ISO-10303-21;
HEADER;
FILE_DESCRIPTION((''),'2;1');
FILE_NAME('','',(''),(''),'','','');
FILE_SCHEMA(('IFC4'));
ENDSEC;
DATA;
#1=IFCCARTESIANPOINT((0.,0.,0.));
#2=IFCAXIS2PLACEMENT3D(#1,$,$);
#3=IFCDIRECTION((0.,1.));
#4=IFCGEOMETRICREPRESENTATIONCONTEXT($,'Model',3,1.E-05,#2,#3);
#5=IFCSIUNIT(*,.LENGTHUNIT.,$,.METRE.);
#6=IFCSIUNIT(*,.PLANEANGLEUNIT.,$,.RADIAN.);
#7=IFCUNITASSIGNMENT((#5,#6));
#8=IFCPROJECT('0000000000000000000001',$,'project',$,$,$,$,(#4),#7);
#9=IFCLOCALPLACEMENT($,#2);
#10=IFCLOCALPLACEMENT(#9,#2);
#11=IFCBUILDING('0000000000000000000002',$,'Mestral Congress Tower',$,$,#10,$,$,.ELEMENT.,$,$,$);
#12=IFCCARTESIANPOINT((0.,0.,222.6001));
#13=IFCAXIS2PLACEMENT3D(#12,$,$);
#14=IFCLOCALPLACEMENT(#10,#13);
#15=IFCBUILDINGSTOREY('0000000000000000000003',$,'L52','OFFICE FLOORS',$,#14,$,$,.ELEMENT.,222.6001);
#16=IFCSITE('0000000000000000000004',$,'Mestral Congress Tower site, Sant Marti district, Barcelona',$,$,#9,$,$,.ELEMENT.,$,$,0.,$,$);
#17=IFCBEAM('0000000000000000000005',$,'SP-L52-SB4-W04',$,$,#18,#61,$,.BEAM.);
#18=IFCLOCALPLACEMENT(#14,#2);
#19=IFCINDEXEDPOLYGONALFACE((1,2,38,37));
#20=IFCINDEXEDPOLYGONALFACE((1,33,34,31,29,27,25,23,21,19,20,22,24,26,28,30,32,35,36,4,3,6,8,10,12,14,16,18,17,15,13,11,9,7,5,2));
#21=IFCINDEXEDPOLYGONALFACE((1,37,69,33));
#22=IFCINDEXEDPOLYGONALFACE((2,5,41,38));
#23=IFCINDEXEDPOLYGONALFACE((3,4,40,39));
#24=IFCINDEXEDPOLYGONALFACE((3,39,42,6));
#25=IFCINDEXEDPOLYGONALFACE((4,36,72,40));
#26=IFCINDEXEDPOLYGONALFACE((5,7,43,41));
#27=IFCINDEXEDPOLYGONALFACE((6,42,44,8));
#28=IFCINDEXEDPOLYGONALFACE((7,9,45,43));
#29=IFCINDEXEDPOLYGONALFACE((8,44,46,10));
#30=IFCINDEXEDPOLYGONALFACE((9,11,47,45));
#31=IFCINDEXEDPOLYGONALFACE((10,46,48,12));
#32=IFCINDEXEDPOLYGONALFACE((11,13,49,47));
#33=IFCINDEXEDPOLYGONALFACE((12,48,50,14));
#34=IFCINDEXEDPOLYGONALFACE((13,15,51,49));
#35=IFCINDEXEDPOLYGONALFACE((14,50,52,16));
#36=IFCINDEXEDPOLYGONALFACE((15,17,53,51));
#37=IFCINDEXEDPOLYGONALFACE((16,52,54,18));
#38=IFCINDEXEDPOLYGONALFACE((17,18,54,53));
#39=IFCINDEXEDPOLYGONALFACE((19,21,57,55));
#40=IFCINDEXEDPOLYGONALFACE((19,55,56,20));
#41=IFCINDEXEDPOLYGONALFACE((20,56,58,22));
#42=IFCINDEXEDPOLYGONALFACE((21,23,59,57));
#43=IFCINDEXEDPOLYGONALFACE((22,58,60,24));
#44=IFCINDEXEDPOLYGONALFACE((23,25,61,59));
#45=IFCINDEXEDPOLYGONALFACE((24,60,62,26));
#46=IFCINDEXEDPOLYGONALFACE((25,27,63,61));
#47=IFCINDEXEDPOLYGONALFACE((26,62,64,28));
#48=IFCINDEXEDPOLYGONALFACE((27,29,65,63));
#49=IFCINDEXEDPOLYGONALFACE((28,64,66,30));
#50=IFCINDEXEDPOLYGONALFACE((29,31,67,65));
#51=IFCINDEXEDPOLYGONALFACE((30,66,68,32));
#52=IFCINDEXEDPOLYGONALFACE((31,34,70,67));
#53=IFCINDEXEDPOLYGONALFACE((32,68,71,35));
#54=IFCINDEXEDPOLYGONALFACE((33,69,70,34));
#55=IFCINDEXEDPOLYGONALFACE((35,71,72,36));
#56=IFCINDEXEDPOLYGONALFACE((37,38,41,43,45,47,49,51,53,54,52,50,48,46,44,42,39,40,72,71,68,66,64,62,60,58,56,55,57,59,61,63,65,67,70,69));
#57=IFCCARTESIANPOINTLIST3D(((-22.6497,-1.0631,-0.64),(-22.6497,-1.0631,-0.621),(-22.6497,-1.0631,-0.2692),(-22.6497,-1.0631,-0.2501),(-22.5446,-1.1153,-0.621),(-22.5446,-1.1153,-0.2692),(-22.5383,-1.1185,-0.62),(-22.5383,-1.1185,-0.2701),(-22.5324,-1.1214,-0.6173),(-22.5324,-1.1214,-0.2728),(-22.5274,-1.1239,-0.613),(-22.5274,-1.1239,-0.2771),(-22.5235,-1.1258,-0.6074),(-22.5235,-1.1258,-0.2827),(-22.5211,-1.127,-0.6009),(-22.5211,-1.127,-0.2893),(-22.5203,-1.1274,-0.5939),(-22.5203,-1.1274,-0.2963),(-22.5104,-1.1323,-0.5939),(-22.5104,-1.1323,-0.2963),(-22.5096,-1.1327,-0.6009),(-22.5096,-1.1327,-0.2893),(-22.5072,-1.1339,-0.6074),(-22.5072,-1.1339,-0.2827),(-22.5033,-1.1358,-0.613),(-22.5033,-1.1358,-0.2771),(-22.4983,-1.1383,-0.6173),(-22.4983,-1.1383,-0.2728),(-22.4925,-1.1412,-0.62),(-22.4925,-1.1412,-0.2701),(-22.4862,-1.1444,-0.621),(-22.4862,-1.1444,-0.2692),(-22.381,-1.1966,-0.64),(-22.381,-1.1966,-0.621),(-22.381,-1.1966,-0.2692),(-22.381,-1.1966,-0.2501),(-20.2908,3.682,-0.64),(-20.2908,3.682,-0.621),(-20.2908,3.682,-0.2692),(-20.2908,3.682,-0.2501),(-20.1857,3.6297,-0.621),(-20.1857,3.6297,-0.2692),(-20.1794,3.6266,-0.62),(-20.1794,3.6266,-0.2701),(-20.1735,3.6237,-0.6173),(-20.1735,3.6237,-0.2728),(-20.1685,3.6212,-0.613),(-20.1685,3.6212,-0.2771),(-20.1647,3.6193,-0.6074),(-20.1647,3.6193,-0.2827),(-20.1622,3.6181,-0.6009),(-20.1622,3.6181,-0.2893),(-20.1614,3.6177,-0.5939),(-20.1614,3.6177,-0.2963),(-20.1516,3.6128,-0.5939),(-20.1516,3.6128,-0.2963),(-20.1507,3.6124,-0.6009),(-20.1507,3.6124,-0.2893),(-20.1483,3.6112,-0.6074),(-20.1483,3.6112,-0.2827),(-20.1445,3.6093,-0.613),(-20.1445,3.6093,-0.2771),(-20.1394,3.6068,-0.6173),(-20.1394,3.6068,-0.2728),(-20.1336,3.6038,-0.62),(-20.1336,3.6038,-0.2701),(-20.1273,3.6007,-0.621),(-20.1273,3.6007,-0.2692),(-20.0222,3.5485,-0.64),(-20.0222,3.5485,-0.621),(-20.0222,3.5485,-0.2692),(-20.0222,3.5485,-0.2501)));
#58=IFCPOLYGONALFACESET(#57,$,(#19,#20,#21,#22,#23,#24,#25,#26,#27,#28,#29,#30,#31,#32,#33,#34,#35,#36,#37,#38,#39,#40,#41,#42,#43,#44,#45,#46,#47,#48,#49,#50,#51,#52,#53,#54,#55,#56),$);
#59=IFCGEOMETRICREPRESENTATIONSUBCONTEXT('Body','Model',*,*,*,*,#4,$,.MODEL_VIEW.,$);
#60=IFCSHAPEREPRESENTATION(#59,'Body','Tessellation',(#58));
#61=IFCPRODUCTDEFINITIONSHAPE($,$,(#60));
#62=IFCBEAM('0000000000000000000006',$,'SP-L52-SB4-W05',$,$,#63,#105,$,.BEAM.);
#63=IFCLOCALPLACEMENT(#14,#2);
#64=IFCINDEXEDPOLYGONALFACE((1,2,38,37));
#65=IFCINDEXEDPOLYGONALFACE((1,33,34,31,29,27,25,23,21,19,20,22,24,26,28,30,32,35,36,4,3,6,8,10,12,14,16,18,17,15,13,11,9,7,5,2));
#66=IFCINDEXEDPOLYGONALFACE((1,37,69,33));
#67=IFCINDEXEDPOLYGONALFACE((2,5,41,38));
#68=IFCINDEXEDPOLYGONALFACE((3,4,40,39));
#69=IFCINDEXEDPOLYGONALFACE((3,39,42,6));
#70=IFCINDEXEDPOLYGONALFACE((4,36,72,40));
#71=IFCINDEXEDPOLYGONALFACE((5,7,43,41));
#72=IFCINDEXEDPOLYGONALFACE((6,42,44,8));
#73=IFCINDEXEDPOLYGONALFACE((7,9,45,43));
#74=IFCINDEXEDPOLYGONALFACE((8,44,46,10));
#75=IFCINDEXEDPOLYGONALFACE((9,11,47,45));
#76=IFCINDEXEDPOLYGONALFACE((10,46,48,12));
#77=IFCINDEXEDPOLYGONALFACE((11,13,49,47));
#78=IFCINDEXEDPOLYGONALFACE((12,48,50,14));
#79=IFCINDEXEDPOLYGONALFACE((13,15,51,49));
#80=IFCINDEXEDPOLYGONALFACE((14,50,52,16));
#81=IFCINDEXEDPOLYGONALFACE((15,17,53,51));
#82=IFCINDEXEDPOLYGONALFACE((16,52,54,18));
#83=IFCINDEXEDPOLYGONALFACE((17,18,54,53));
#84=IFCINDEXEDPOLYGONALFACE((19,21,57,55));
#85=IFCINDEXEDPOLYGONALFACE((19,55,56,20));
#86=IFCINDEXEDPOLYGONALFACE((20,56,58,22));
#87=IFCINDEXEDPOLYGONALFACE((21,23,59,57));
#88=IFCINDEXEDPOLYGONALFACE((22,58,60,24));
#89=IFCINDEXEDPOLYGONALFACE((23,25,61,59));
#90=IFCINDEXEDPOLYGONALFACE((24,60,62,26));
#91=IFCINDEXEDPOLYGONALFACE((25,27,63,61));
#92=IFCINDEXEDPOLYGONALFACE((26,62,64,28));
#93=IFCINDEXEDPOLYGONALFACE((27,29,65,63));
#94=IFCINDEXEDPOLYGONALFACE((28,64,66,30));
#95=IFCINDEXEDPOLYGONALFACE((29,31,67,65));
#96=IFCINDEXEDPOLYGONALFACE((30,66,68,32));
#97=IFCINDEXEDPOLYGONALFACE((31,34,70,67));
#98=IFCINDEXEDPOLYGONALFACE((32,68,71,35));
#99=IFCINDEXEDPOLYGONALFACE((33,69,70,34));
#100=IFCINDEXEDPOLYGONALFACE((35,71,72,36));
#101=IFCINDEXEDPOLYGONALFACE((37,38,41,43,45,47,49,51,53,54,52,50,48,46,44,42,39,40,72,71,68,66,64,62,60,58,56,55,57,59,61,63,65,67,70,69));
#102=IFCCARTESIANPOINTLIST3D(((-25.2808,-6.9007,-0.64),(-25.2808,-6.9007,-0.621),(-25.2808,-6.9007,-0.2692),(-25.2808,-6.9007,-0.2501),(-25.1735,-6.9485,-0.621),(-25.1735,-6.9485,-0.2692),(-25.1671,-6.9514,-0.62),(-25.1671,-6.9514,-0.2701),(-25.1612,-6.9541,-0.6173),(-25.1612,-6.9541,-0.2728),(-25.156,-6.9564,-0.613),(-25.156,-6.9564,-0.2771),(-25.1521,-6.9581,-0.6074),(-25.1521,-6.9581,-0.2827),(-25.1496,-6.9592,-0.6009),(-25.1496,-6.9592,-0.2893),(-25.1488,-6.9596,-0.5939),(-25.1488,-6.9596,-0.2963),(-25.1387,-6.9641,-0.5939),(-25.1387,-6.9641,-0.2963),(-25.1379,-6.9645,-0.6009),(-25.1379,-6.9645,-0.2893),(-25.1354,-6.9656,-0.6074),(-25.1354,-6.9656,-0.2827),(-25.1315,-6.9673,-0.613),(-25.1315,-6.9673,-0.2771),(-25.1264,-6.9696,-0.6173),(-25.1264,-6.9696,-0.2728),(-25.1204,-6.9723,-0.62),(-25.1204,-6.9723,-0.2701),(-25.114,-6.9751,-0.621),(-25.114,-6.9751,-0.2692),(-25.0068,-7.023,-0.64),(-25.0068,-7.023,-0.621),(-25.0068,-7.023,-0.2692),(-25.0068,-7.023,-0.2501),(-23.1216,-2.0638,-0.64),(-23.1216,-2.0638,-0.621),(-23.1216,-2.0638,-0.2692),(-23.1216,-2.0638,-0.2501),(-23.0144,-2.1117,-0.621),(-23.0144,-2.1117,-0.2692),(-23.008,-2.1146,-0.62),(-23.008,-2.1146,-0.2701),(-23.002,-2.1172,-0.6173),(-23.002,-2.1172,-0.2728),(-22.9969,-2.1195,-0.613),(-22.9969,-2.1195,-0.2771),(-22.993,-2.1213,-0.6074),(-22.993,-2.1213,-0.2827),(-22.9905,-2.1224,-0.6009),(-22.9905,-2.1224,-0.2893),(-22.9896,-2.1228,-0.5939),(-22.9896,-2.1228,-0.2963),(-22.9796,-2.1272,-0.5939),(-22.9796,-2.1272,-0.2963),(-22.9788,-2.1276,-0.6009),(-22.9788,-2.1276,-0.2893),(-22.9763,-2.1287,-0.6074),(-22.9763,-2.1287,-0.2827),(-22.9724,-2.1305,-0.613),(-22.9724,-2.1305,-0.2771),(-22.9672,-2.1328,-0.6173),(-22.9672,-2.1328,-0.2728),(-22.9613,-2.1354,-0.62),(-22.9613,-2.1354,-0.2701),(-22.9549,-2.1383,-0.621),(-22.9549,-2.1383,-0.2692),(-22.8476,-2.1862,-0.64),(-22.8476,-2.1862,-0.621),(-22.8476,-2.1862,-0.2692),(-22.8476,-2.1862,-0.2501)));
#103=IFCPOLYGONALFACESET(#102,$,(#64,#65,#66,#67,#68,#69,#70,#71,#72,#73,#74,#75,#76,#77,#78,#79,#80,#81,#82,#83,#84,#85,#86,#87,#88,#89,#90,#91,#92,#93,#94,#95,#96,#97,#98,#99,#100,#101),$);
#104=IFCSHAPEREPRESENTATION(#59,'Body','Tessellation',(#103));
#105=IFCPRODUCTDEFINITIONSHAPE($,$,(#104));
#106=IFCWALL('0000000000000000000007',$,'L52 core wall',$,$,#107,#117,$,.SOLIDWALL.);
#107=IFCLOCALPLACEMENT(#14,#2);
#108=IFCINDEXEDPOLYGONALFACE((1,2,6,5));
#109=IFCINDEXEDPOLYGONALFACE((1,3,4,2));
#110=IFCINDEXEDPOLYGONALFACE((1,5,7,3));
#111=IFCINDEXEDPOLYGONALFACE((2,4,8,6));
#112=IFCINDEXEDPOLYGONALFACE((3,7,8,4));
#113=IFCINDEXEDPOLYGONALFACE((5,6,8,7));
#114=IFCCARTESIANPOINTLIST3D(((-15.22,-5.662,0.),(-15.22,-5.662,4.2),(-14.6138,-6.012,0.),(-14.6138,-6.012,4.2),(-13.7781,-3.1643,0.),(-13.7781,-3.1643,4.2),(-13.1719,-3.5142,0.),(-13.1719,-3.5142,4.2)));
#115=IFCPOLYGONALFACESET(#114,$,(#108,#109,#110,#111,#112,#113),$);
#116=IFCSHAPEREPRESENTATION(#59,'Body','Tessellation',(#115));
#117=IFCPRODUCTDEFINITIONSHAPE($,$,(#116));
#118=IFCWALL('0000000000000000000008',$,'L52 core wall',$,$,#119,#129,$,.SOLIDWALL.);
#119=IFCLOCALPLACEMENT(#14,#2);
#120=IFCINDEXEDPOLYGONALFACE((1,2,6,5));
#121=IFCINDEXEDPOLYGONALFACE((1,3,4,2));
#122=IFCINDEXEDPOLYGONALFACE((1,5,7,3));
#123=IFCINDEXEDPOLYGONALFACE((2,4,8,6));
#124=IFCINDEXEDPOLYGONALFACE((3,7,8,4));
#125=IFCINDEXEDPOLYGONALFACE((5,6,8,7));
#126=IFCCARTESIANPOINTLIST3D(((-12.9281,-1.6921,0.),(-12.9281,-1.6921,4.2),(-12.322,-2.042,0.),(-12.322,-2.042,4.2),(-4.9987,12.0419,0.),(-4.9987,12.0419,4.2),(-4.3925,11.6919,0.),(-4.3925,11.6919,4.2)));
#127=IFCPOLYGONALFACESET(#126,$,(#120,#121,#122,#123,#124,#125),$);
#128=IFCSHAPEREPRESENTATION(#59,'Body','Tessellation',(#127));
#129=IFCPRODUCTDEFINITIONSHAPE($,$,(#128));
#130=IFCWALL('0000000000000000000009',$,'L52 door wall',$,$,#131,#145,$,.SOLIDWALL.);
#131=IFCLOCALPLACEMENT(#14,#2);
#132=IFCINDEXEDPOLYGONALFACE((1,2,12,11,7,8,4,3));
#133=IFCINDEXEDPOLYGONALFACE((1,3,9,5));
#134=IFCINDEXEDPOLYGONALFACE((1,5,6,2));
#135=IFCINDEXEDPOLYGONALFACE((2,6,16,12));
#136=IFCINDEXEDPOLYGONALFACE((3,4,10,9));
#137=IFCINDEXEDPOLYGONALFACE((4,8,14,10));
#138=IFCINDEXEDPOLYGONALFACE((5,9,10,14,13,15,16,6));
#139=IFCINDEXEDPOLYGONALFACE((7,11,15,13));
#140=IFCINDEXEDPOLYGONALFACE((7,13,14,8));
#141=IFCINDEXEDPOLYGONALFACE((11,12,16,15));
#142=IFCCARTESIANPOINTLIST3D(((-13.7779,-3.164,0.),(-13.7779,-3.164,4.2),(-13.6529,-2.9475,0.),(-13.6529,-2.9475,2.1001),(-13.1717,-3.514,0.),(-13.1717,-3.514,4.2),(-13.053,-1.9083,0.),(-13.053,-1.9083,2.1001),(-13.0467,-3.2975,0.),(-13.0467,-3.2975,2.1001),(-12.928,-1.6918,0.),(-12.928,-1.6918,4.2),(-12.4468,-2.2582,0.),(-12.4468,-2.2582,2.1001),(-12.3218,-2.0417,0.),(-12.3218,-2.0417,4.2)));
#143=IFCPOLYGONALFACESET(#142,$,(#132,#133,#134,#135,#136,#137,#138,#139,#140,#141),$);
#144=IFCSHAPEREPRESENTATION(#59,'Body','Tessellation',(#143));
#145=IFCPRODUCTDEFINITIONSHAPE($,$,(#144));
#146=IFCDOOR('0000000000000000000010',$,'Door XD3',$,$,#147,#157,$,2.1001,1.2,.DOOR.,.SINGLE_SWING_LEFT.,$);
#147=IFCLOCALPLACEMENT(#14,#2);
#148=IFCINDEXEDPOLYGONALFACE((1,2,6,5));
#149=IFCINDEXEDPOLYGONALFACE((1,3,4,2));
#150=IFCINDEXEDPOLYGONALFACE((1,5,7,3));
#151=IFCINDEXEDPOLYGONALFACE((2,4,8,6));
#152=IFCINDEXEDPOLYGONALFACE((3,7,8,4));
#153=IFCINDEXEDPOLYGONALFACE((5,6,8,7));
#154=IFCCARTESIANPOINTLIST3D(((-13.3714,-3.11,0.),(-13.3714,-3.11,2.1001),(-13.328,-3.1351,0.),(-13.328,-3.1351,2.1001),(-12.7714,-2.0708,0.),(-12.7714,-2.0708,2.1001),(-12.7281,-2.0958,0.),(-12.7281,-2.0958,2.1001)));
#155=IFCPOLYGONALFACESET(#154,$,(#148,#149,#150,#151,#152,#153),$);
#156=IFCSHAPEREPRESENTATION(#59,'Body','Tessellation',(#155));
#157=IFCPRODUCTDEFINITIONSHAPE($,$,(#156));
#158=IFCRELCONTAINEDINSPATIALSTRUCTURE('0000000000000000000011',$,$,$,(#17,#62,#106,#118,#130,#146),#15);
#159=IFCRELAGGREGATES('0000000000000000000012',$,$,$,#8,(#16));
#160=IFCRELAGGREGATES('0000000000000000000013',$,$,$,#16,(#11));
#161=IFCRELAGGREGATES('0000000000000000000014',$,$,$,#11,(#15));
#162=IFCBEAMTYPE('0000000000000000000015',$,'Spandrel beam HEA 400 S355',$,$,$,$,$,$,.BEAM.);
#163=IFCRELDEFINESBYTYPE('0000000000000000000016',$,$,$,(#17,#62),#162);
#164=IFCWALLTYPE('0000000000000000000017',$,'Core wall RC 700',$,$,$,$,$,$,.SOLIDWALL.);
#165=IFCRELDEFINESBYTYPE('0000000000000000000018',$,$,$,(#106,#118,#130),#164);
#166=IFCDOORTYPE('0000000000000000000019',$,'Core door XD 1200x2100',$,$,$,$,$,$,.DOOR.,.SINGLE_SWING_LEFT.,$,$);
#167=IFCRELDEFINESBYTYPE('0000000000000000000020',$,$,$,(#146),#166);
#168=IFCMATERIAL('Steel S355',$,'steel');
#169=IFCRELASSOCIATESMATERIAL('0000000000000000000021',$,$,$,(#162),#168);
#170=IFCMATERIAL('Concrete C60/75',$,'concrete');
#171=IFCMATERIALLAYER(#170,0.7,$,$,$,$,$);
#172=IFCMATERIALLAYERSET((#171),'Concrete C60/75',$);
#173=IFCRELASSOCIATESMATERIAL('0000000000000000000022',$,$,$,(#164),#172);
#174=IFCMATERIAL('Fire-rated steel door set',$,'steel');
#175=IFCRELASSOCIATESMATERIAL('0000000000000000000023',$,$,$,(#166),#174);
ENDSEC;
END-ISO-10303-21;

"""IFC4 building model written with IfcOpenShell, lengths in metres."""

from ifc_helpers import new_model, si_unit, direction, frame, frame_2d, origin, origin_2d, place, context, subcontext, project, spatial, rectangle, i_section, extrude, material, layer, layer_set, material_profile, profile_set, type_object, element, fill, save


model = new_model("IFC4")

# Units and contexts
model_context = context("Model", 3, precision=1e-05, world=origin(), true_north=direction((0.0, 1.0)))
body_context = subcontext(model_context, "Body", "Model", "MODEL_VIEW")
ifc_project = project(units=[si_unit("LENGTHUNIT", "METRE"), si_unit("PLANEANGLEUNIT", "RADIAN")], contexts=[model_context])

# Site, building, storey
site_placement = place(None, origin())
site = spatial("IfcSite", under=ifc_project, at=site_placement, Name="Mestral Congress Tower site, Sant Marti district, Barcelona", CompositionType="ELEMENT", RefElevation=0.0)
building_placement = place(site_placement, origin())
building = spatial("IfcBuilding", under=site, at=building_placement, Name="Mestral Congress Tower", CompositionType="ELEMENT")
storey_placement = place(building_placement, frame((0.0, 0.0, 222.6001)))
storey = spatial("IfcBuildingStorey", under=building, at=storey_placement, Name="L52", Description="OFFICE FLOORS", CompositionType="ELEMENT", Elevation=222.6001)

# Shared definitions
ifc_material_1 = material(Name="Concrete C60/75", Category="concrete")

# Beams
ifc_material_2 = material(Name="Steel S355", Category="steel")
ifc_material_profile_1 = material_profile(ifc_material_2, i_section(OverallWidth=0.3, OverallDepth=0.3899, WebThickness=0.011, FlangeThickness=0.019, FilletRadius=0.0271, at=origin_2d()), Name="HEA 400")
ifc_profile_set_1 = profile_set([ifc_material_profile_1], Name="Steel S355")
beam_type_1 = type_object("IfcBeamType", Name="Spandrel beam HEA 400 S355", PredefinedType="BEAM", material=ifc_profile_set_1)
beam_1_placement = place(storey_placement, frame((-20.1565, 3.6152, -0.4451), z_axis=(-0.445148, -0.895457, 0.0), x_axis=(0.895457, -0.445148, 0.0)))
element("IfcBeam", 1, at=beam_1_placement, inside=storey, type_object=beam_type_1, Name="SP-L52-SB4-W04", PredefinedType="BEAM", context=body_context, shape_type="SweptSolid", body=[
    extrude(i_section(OverallWidth=0.3, OverallDepth=0.3899, WebThickness=0.011, FlangeThickness=0.019, FilletRadius=0.0271, at=origin_2d()), origin(), (0.0, 0.0, 1.0), 5.2991),
])
beam_2_placement = place(storey_placement, frame((-22.9846, -2.125, -0.4451), z_axis=(-0.407626, -0.913149, 0.0), x_axis=(0.913149, -0.407626, 0.0)))
element("IfcBeam", 2, at=beam_2_placement, inside=storey, type_object=beam_type_1, Name="SP-L52-SB4-W05", PredefinedType="BEAM", context=body_context, shape_type="SweptSolid", body=[
    extrude(i_section(OverallWidth=0.3, OverallDepth=0.3899, WebThickness=0.011, FlangeThickness=0.019, FilletRadius=0.0271, at=origin_2d()), origin(), (0.0, 0.0, 1.0), 5.2969),
])

# Walls
ifc_layer_1 = layer(ifc_material_1, 0.7)
ifc_layer_set_1 = layer_set([ifc_layer_1], Name="Concrete C60/75")
wall_type_1 = type_object("IfcWallType", Name="Core wall RC 700", PredefinedType="SOLIDWALL", material=ifc_layer_set_1)
wall_1_placement = place(storey_placement, frame((-13.4751, -3.3394, 0.0), z_axis=(0.0, 0.0, 1.0), x_axis=(-0.499945, -0.866057, 0.0)))
element("IfcWall", 3, at=wall_1_placement, inside=storey, type_object=wall_type_1, Name="L52 core wall", PredefinedType="SOLIDWALL", context=body_context, shape_type="SweptSolid", body=[
    extrude(rectangle(XDim=2.884, YDim=0.7, at=frame_2d((1.4419, 0.0))), origin(), (0.0, 0.0, 1.0), 4.2),
])
wall_2_placement = place(storey_placement, frame((-12.625, -1.8669, 0.0), z_axis=(0.0, 0.0, 1.0), x_axis=(0.500009, 0.86602, 0.0)))
element("IfcWall", 4, at=wall_2_placement, inside=storey, type_object=wall_type_1, Name="L52 core wall", PredefinedType="SOLIDWALL", context=body_context, shape_type="SweptSolid", body=[
    extrude(rectangle(XDim=15.8586, YDim=0.7, at=frame_2d((7.9292, 0.0))), origin(), (0.0, 0.0, 1.0), 4.2),
])

# Wall, opening, door
wall_3_placement = place(storey_placement, frame((-13.4749, -3.3391, 0.0), z_axis=(0.0, 0.0, 1.0), x_axis=(0.499955, 0.866052, 0.0)))
wall_3 = element("IfcWall", 5, at=wall_3_placement, inside=storey, type_object=wall_type_1, Name="L52 door wall", PredefinedType="SOLIDWALL", context=body_context, shape_type="SweptSolid", body=[
    extrude(rectangle(XDim=1.7, YDim=0.7, at=frame_2d((0.8501, 0.0))), origin(), (0.0, 0.0, 1.0), 4.2),
])
opening_1_placement = place(wall_3_placement, frame((0.25, 0.0, 0.0)))
opening_1 = element("IfcOpeningElement", 6, at=opening_1_placement, cuts=wall_3, PredefinedType="OPENING", context=body_context, shape_type="SweptSolid", body=[
    extrude(rectangle(XDim=1.2, YDim=2.1001, at=frame_2d((0.6001, 1.05))), frame((0.0, 0.3599, 0.0), z_axis=(0.0, -1.0, 0.0), x_axis=(1.0, 0.0, 0.0)), (0.0, 0.0, 1.0), 0.72),
])
ifc_material_3 = material(Name="Fire-rated steel door set", Category="steel")
door_type_1 = type_object("IfcDoorType", Name="Core door XD 1200x2100", OperationType="SINGLE_SWING_LEFT", PredefinedType="DOOR", material=ifc_material_3)
door_1_placement = place(opening_1_placement, origin())
door_1 = element("IfcDoor", 7, at=door_1_placement, inside=storey, type_object=door_type_1, Name="Door XD3", OperationType="SINGLE_SWING_LEFT", OverallHeight=2.1001, OverallWidth=1.2, PredefinedType="DOOR", context=body_context, shape_type="SweptSolid", body=[
    extrude(rectangle(XDim=1.2, YDim=2.1001, at=frame_2d((0.6001, 1.05))), frame((0.0, 0.0249, 0.0), z_axis=(0.0, -1.0, 0.0), x_axis=(1.0, 0.0, 0.0)), (0.0, 0.0, 1.0), 0.05),
])
fill(opening_1, door_1)

save(model, "model.ifc")
